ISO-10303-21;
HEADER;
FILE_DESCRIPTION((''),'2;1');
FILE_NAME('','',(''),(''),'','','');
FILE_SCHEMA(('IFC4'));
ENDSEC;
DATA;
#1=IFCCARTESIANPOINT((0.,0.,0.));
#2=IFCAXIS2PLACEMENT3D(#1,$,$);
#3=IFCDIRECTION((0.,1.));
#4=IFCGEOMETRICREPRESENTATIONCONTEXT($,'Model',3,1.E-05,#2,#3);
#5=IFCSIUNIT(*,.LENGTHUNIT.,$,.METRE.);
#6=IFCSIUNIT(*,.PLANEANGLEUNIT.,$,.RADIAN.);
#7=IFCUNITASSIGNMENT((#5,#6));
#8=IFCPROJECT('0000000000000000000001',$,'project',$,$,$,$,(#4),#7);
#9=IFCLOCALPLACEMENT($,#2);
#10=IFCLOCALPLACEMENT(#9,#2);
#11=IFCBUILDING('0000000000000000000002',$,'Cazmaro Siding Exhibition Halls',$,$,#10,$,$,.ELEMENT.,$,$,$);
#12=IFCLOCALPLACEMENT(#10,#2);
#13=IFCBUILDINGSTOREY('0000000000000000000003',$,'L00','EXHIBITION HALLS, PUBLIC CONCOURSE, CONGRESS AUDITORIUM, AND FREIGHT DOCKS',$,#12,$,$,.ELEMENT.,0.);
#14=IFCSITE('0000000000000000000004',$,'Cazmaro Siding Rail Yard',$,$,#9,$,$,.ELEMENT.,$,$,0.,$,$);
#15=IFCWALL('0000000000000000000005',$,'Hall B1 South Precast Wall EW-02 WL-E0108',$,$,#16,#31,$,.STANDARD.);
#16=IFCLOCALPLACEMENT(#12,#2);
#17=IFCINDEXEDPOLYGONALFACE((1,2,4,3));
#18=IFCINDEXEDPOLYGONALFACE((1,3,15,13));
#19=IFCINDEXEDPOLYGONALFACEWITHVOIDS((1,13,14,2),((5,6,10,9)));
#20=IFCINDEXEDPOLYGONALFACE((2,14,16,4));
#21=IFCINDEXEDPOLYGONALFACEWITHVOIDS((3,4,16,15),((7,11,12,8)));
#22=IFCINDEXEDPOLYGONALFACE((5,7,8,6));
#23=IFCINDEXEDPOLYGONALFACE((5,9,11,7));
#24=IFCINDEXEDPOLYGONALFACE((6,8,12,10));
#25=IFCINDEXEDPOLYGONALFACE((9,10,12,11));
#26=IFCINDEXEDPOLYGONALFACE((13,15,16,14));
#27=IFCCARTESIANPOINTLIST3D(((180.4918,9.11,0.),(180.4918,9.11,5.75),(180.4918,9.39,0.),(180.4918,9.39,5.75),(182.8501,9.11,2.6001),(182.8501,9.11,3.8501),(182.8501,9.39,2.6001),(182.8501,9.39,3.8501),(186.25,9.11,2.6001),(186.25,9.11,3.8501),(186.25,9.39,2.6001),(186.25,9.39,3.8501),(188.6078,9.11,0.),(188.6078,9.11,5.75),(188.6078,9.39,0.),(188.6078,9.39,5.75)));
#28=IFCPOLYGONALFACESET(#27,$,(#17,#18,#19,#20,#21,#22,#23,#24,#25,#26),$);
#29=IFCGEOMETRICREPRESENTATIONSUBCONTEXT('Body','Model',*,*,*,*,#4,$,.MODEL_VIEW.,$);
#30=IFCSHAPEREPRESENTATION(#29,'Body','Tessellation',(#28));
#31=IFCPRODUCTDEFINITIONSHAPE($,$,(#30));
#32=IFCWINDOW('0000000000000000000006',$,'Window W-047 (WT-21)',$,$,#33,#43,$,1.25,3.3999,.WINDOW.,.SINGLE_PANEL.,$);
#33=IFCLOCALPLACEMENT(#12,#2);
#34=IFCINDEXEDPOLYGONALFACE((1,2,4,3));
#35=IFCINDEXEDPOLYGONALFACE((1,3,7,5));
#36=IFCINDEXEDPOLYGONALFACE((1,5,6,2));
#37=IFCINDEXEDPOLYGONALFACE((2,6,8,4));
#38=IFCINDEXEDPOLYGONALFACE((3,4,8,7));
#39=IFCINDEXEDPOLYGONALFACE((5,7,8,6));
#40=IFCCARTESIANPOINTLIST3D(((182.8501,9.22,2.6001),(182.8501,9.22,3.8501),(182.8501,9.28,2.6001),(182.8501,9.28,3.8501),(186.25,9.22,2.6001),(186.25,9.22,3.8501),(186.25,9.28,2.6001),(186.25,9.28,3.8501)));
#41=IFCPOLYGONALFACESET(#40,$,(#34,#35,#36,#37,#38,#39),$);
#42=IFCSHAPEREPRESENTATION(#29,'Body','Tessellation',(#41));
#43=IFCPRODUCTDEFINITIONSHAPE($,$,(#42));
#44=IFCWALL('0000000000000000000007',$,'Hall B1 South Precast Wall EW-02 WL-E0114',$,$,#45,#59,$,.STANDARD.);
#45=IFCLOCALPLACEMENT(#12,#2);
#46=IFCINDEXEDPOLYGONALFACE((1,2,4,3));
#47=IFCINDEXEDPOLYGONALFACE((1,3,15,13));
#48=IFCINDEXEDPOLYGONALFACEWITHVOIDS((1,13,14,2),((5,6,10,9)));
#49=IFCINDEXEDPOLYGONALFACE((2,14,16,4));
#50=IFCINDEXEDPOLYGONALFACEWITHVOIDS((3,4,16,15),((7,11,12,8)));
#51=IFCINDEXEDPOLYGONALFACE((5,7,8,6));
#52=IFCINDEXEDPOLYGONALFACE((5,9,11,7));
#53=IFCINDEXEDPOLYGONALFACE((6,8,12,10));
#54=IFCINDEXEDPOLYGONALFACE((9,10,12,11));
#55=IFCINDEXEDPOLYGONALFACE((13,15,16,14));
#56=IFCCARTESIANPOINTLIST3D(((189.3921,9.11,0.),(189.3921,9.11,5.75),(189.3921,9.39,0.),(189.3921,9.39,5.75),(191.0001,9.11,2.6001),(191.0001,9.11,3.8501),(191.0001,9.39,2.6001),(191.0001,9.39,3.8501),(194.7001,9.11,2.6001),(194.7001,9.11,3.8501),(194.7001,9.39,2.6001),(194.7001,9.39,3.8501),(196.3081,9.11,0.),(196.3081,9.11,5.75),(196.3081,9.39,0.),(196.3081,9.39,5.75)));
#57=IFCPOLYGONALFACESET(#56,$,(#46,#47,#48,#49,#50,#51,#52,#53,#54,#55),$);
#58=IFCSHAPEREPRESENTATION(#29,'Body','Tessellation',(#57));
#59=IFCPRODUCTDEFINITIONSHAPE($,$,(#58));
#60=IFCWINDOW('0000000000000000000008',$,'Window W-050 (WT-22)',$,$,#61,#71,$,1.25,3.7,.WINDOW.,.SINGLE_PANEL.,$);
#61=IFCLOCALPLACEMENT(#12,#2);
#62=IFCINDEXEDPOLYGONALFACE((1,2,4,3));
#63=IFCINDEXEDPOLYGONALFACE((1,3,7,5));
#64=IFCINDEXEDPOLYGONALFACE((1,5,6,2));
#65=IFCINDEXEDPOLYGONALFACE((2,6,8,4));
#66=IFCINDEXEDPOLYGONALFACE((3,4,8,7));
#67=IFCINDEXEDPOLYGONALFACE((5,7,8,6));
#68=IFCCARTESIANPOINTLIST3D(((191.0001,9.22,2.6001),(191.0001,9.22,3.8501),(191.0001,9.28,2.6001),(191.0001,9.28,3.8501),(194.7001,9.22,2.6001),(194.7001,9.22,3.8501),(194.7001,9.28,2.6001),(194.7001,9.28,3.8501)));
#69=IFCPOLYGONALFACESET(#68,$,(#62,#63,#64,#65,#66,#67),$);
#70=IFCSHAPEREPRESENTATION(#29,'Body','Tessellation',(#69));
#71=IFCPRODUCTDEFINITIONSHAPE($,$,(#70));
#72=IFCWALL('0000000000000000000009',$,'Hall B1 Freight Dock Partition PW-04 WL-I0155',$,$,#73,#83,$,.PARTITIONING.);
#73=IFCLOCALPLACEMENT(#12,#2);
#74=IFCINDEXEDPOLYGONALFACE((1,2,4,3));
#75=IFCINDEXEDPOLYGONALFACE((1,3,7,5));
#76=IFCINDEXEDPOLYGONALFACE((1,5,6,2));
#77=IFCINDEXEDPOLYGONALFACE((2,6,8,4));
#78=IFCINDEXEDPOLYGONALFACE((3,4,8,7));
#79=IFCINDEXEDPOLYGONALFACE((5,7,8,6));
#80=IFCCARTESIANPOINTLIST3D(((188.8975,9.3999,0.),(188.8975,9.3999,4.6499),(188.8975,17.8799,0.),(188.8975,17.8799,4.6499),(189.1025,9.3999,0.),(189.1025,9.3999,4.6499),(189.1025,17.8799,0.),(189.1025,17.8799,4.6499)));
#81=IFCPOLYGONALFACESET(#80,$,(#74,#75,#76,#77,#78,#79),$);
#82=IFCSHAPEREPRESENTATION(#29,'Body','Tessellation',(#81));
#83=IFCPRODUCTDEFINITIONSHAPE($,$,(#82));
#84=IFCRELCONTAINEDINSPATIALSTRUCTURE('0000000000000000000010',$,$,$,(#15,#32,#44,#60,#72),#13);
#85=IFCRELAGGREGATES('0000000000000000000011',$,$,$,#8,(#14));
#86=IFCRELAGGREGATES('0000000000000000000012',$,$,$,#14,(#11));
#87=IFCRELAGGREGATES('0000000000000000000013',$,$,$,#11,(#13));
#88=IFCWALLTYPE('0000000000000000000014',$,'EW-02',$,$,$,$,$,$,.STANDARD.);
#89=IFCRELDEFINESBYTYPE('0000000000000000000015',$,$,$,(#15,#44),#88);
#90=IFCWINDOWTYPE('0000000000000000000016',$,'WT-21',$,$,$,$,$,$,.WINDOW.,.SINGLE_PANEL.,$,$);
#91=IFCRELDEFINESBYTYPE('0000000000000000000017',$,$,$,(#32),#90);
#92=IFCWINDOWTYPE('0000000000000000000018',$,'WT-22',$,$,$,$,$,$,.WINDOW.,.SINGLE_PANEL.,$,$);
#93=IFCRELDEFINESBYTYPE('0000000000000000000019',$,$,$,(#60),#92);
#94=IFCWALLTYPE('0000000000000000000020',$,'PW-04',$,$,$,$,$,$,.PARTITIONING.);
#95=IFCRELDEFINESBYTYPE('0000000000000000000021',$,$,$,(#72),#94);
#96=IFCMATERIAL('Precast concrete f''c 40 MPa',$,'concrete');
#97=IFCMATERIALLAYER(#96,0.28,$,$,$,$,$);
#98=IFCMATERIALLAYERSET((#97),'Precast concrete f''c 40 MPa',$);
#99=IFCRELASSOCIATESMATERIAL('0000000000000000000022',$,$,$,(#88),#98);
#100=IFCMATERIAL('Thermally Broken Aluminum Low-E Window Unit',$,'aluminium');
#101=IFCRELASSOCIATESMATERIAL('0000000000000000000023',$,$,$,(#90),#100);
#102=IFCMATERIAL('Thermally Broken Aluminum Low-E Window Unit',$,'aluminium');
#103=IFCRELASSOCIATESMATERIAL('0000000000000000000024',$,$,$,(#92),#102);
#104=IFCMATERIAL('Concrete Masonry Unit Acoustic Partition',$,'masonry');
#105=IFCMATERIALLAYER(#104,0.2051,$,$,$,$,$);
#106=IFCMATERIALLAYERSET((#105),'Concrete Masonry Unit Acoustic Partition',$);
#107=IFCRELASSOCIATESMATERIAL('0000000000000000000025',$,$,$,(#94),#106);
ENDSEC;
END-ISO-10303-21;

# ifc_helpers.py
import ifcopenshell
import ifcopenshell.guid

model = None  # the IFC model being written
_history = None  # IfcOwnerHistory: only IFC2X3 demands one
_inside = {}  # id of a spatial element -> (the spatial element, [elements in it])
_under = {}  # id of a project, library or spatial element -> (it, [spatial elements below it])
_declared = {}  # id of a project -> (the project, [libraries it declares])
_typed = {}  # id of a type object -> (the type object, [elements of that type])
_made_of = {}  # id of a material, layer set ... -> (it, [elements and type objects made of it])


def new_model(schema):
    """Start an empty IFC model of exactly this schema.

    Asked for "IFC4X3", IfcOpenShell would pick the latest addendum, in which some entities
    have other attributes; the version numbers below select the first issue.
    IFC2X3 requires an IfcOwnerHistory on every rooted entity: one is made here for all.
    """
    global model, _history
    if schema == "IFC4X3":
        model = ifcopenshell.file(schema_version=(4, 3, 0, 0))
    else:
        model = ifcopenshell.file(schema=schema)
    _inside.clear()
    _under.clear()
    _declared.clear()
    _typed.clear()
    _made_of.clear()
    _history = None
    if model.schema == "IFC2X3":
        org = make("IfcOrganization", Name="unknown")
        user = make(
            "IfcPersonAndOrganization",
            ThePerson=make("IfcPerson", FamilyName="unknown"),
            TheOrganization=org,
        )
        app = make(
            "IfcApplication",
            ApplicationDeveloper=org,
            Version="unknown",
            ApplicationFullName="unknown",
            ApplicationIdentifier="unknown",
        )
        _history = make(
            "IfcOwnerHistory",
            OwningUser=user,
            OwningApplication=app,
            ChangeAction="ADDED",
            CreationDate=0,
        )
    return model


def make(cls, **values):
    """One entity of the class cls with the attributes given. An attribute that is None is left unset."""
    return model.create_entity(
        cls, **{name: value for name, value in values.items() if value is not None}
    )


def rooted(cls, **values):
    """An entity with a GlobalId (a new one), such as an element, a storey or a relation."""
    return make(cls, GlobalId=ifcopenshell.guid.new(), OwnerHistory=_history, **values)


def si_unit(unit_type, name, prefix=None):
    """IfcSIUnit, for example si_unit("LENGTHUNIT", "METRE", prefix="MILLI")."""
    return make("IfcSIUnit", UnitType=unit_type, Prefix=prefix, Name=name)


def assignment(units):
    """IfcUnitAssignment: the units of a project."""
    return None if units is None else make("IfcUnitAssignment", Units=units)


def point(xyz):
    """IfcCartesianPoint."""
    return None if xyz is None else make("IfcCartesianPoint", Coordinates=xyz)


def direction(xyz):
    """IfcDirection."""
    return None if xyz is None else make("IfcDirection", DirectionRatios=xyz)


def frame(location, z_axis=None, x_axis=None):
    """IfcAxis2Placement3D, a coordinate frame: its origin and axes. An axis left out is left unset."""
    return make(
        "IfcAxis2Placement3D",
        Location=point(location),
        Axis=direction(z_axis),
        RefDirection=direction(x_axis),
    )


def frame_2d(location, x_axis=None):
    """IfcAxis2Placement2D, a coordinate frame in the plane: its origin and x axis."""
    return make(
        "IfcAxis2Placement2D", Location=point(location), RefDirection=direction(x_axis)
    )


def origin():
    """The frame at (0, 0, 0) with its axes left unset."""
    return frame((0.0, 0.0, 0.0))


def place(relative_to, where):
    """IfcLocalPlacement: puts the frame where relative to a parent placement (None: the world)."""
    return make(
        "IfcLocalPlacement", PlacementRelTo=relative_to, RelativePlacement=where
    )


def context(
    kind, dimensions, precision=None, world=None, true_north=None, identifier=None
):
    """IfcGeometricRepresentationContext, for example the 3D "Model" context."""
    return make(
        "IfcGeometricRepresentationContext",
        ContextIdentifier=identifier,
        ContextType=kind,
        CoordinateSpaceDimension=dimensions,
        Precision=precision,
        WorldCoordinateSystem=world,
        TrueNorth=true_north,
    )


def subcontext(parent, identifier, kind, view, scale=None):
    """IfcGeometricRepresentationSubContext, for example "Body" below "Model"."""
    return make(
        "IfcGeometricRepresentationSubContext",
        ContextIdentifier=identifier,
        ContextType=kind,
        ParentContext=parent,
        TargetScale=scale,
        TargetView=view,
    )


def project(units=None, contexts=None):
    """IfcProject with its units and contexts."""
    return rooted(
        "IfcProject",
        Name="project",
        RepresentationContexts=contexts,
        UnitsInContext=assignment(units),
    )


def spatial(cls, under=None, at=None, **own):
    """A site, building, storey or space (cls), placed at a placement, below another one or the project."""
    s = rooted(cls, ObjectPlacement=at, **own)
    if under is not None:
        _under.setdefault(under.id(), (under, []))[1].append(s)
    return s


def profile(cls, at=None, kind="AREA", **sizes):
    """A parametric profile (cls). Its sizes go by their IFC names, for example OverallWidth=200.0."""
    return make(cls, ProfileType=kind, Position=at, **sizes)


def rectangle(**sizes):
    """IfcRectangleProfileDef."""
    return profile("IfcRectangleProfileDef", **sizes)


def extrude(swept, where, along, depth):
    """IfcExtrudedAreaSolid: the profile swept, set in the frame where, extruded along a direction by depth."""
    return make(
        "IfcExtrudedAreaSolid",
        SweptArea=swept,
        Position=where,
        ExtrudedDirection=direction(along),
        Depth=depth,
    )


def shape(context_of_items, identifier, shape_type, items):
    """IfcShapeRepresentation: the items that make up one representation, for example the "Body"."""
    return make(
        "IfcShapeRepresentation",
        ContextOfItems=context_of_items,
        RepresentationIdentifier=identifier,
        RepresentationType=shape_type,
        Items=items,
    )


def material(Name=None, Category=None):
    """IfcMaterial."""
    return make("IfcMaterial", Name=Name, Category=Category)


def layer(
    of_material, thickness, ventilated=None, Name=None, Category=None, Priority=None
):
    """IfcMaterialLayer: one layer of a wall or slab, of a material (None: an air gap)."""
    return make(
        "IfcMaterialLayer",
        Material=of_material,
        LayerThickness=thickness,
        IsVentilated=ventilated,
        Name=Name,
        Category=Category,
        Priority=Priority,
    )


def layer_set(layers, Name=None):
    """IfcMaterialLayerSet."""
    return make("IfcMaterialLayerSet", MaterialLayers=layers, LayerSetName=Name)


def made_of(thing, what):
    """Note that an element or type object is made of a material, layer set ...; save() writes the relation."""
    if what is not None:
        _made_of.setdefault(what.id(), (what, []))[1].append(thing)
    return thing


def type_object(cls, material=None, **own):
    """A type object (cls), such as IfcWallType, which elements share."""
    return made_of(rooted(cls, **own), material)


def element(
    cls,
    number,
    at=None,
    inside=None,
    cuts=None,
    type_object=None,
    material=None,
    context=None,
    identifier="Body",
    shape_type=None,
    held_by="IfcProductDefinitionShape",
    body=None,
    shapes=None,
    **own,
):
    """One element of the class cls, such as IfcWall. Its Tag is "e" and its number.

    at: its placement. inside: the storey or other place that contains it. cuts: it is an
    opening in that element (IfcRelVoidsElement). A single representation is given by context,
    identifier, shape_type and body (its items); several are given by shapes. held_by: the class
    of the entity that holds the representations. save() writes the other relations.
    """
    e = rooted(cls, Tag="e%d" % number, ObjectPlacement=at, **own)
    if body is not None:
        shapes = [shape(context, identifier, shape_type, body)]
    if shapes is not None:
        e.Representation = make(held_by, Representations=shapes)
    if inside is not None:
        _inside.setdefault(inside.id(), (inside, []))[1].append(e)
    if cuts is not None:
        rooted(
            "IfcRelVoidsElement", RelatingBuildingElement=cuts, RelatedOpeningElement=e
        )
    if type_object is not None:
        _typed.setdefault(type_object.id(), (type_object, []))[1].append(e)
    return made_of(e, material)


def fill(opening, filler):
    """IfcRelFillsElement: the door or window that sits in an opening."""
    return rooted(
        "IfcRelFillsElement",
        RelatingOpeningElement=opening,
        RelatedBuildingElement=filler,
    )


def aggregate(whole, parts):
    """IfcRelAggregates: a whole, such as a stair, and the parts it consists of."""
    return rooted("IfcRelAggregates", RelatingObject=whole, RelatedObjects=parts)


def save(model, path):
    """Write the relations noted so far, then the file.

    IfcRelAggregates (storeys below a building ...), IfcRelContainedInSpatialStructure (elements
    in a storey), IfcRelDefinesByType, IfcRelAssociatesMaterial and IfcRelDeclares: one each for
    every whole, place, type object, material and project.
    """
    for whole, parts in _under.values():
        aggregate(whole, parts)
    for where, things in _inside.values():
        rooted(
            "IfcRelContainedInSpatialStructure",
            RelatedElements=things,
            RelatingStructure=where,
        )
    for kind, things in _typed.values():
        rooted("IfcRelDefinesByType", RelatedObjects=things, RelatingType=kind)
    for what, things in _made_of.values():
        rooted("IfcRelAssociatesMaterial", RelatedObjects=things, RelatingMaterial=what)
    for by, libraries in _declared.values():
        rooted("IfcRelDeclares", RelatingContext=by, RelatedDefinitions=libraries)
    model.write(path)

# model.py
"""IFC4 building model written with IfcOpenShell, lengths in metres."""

from ifc_helpers import new_model, si_unit, direction, frame, frame_2d, origin, place, context, subcontext, project, spatial, rectangle, extrude, material, layer, layer_set, type_object, element, fill, save


model = new_model("IFC4")

# Units and contexts
model_context = context("Model", 3, precision=1e-05, world=origin(), true_north=direction((0.0, 1.0)))
body_context = subcontext(model_context, "Body", "Model", "MODEL_VIEW")
ifc_project = project(units=[si_unit("LENGTHUNIT", "METRE"), si_unit("PLANEANGLEUNIT", "RADIAN")], contexts=[model_context])

# Site, building, storey
site_placement = place(None, origin())
site = spatial("IfcSite", under=ifc_project, at=site_placement, Name="Cazmaro Siding Rail Yard", CompositionType="ELEMENT", RefElevation=0.0)
building_placement = place(site_placement, origin())
building = spatial("IfcBuilding", under=site, at=building_placement, Name="Cazmaro Siding Exhibition Halls", CompositionType="ELEMENT")
storey_placement = place(building_placement, origin())
storey = spatial("IfcBuildingStorey", under=building, at=storey_placement, Name="L00", Description="EXHIBITION HALLS, PUBLIC CONCOURSE, CONGRESS AUDITORIUM, AND FREIGHT DOCKS", CompositionType="ELEMENT", Elevation=0.0)

# Walls, openings, windows
ifc_material_1 = material(Name="Precast concrete f'c 40 MPa", Category="concrete")
ifc_layer_1 = layer(ifc_material_1, 0.28)
ifc_layer_set_1 = layer_set([ifc_layer_1], Name="Precast concrete f'c 40 MPa")
wall_type_1 = type_object("IfcWallType", Name="EW-02", PredefinedType="STANDARD", material=ifc_layer_set_1)
wall_1_placement = place(storey_placement, frame((188.6079, 9.25, 0.0), z_axis=(0.0, 0.0, 1.0), x_axis=(-1.0, 0.0, 0.0)))
wall_1 = element("IfcWall", 1, at=wall_1_placement, inside=storey, type_object=wall_type_1, Name="Hall B1 South Precast Wall EW-02 WL-E0108", PredefinedType="STANDARD", context=body_context, shape_type="SweptSolid", body=[
    extrude(rectangle(XDim=8.116, YDim=0.28, at=frame_2d((4.0581, 0.0))), origin(), (0.0, 0.0, 1.0), 5.75),
])
opening_1_placement = place(wall_1_placement, frame((2.3579, 0.0, 2.6001)))
opening_1 = element("IfcOpeningElement", 2, at=opening_1_placement, cuts=wall_1, PredefinedType="OPENING", context=body_context, shape_type="SweptSolid", body=[
    extrude(rectangle(XDim=3.3999, YDim=1.25, at=frame_2d((1.7, 0.625))), frame((0.0, 0.1499, 0.0), z_axis=(0.0, -1.0, 0.0), x_axis=(1.0, 0.0, 0.0)), (0.0, 0.0, 1.0), 0.3),
])
ifc_material_2 = material(Name="Thermally Broken Aluminum Low-E Window Unit", Category="aluminium")
window_type_1 = type_object("IfcWindowType", Name="WT-21", PartitioningType="SINGLE_PANEL", PredefinedType="WINDOW", material=ifc_material_2)
window_1_placement = place(opening_1_placement, origin())
window_1 = element("IfcWindow", 3, at=window_1_placement, inside=storey, type_object=window_type_1, Name="Window W-047 (WT-21)", OverallHeight=1.25, OverallWidth=3.3999, PartitioningType="SINGLE_PANEL", PredefinedType="WINDOW", context=body_context, shape_type="SweptSolid", body=[
    extrude(rectangle(XDim=3.3999, YDim=1.25, at=frame_2d((1.7, 0.625))), frame((0.0, 0.03, 0.0), z_axis=(0.0, -1.0, 0.0), x_axis=(1.0, 0.0, 0.0)), (0.0, 0.0, 1.0), 0.0601),
])
fill(opening_1, window_1)
wall_2_placement = place(storey_placement, frame((196.3081, 9.25, 0.0), z_axis=(0.0, 0.0, 1.0), x_axis=(-1.0, 0.0, 0.0)))
wall_2 = element("IfcWall", 4, at=wall_2_placement, inside=storey, type_object=wall_type_1, Name="Hall B1 South Precast Wall EW-02 WL-E0114", PredefinedType="STANDARD", context=body_context, shape_type="SweptSolid", body=[
    extrude(rectangle(XDim=6.916, YDim=0.28, at=frame_2d((3.458, 0.0))), origin(), (0.0, 0.0, 1.0), 5.75),
])
opening_2_placement = place(wall_2_placement, frame((1.6079, 0.0, 2.6001)))
opening_2 = element("IfcOpeningElement", 5, at=opening_2_placement, cuts=wall_2, PredefinedType="OPENING", context=body_context, shape_type="SweptSolid", body=[
    extrude(rectangle(XDim=3.7, YDim=1.25, at=frame_2d((1.8501, 0.625))), frame((0.0, 0.1499, 0.0), z_axis=(0.0, -1.0, 0.0), x_axis=(1.0, 0.0, 0.0)), (0.0, 0.0, 1.0), 0.3),
])
ifc_material_3 = material(Name="Thermally Broken Aluminum Low-E Window Unit", Category="aluminium")
window_type_2 = type_object("IfcWindowType", Name="WT-22", PartitioningType="SINGLE_PANEL", PredefinedType="WINDOW", material=ifc_material_3)
window_2_placement = place(opening_2_placement, origin())
window_2 = element("IfcWindow", 6, at=window_2_placement, inside=storey, type_object=window_type_2, Name="Window W-050 (WT-22)", OverallHeight=1.25, OverallWidth=3.7, PartitioningType="SINGLE_PANEL", PredefinedType="WINDOW", context=body_context, shape_type="SweptSolid", body=[
    extrude(rectangle(XDim=3.7, YDim=1.25, at=frame_2d((1.8501, 0.625))), frame((0.0, 0.03, 0.0), z_axis=(0.0, -1.0, 0.0), x_axis=(1.0, 0.0, 0.0)), (0.0, 0.0, 1.0), 0.0601),
])
fill(opening_2, window_2)

# Wall
ifc_material_4 = material(Name="Concrete Masonry Unit Acoustic Partition", Category="masonry")
ifc_layer_2 = layer(ifc_material_4, 0.2051)
ifc_layer_set_2 = layer_set([ifc_layer_2], Name="Concrete Masonry Unit Acoustic Partition")
wall_type_2 = type_object("IfcWallType", Name="PW-04", PredefinedType="PARTITIONING", material=ifc_layer_set_2)
wall_3_placement = place(storey_placement, frame((189.0, 9.3999, 0.0), z_axis=(0.0, 0.0, 1.0), x_axis=(0.0, 1.0, 0.0)))
element("IfcWall", 7, at=wall_3_placement, inside=storey, type_object=wall_type_2, Name="Hall B1 Freight Dock Partition PW-04 WL-I0155", PredefinedType="PARTITIONING", context=body_context, shape_type="SweptSolid", body=[
    extrude(rectangle(XDim=8.48, YDim=0.2051, at=frame_2d((4.24, 0.0))), origin(), (0.0, 0.0, 1.0), 4.6499),
])

save(model, "model.ifc")
